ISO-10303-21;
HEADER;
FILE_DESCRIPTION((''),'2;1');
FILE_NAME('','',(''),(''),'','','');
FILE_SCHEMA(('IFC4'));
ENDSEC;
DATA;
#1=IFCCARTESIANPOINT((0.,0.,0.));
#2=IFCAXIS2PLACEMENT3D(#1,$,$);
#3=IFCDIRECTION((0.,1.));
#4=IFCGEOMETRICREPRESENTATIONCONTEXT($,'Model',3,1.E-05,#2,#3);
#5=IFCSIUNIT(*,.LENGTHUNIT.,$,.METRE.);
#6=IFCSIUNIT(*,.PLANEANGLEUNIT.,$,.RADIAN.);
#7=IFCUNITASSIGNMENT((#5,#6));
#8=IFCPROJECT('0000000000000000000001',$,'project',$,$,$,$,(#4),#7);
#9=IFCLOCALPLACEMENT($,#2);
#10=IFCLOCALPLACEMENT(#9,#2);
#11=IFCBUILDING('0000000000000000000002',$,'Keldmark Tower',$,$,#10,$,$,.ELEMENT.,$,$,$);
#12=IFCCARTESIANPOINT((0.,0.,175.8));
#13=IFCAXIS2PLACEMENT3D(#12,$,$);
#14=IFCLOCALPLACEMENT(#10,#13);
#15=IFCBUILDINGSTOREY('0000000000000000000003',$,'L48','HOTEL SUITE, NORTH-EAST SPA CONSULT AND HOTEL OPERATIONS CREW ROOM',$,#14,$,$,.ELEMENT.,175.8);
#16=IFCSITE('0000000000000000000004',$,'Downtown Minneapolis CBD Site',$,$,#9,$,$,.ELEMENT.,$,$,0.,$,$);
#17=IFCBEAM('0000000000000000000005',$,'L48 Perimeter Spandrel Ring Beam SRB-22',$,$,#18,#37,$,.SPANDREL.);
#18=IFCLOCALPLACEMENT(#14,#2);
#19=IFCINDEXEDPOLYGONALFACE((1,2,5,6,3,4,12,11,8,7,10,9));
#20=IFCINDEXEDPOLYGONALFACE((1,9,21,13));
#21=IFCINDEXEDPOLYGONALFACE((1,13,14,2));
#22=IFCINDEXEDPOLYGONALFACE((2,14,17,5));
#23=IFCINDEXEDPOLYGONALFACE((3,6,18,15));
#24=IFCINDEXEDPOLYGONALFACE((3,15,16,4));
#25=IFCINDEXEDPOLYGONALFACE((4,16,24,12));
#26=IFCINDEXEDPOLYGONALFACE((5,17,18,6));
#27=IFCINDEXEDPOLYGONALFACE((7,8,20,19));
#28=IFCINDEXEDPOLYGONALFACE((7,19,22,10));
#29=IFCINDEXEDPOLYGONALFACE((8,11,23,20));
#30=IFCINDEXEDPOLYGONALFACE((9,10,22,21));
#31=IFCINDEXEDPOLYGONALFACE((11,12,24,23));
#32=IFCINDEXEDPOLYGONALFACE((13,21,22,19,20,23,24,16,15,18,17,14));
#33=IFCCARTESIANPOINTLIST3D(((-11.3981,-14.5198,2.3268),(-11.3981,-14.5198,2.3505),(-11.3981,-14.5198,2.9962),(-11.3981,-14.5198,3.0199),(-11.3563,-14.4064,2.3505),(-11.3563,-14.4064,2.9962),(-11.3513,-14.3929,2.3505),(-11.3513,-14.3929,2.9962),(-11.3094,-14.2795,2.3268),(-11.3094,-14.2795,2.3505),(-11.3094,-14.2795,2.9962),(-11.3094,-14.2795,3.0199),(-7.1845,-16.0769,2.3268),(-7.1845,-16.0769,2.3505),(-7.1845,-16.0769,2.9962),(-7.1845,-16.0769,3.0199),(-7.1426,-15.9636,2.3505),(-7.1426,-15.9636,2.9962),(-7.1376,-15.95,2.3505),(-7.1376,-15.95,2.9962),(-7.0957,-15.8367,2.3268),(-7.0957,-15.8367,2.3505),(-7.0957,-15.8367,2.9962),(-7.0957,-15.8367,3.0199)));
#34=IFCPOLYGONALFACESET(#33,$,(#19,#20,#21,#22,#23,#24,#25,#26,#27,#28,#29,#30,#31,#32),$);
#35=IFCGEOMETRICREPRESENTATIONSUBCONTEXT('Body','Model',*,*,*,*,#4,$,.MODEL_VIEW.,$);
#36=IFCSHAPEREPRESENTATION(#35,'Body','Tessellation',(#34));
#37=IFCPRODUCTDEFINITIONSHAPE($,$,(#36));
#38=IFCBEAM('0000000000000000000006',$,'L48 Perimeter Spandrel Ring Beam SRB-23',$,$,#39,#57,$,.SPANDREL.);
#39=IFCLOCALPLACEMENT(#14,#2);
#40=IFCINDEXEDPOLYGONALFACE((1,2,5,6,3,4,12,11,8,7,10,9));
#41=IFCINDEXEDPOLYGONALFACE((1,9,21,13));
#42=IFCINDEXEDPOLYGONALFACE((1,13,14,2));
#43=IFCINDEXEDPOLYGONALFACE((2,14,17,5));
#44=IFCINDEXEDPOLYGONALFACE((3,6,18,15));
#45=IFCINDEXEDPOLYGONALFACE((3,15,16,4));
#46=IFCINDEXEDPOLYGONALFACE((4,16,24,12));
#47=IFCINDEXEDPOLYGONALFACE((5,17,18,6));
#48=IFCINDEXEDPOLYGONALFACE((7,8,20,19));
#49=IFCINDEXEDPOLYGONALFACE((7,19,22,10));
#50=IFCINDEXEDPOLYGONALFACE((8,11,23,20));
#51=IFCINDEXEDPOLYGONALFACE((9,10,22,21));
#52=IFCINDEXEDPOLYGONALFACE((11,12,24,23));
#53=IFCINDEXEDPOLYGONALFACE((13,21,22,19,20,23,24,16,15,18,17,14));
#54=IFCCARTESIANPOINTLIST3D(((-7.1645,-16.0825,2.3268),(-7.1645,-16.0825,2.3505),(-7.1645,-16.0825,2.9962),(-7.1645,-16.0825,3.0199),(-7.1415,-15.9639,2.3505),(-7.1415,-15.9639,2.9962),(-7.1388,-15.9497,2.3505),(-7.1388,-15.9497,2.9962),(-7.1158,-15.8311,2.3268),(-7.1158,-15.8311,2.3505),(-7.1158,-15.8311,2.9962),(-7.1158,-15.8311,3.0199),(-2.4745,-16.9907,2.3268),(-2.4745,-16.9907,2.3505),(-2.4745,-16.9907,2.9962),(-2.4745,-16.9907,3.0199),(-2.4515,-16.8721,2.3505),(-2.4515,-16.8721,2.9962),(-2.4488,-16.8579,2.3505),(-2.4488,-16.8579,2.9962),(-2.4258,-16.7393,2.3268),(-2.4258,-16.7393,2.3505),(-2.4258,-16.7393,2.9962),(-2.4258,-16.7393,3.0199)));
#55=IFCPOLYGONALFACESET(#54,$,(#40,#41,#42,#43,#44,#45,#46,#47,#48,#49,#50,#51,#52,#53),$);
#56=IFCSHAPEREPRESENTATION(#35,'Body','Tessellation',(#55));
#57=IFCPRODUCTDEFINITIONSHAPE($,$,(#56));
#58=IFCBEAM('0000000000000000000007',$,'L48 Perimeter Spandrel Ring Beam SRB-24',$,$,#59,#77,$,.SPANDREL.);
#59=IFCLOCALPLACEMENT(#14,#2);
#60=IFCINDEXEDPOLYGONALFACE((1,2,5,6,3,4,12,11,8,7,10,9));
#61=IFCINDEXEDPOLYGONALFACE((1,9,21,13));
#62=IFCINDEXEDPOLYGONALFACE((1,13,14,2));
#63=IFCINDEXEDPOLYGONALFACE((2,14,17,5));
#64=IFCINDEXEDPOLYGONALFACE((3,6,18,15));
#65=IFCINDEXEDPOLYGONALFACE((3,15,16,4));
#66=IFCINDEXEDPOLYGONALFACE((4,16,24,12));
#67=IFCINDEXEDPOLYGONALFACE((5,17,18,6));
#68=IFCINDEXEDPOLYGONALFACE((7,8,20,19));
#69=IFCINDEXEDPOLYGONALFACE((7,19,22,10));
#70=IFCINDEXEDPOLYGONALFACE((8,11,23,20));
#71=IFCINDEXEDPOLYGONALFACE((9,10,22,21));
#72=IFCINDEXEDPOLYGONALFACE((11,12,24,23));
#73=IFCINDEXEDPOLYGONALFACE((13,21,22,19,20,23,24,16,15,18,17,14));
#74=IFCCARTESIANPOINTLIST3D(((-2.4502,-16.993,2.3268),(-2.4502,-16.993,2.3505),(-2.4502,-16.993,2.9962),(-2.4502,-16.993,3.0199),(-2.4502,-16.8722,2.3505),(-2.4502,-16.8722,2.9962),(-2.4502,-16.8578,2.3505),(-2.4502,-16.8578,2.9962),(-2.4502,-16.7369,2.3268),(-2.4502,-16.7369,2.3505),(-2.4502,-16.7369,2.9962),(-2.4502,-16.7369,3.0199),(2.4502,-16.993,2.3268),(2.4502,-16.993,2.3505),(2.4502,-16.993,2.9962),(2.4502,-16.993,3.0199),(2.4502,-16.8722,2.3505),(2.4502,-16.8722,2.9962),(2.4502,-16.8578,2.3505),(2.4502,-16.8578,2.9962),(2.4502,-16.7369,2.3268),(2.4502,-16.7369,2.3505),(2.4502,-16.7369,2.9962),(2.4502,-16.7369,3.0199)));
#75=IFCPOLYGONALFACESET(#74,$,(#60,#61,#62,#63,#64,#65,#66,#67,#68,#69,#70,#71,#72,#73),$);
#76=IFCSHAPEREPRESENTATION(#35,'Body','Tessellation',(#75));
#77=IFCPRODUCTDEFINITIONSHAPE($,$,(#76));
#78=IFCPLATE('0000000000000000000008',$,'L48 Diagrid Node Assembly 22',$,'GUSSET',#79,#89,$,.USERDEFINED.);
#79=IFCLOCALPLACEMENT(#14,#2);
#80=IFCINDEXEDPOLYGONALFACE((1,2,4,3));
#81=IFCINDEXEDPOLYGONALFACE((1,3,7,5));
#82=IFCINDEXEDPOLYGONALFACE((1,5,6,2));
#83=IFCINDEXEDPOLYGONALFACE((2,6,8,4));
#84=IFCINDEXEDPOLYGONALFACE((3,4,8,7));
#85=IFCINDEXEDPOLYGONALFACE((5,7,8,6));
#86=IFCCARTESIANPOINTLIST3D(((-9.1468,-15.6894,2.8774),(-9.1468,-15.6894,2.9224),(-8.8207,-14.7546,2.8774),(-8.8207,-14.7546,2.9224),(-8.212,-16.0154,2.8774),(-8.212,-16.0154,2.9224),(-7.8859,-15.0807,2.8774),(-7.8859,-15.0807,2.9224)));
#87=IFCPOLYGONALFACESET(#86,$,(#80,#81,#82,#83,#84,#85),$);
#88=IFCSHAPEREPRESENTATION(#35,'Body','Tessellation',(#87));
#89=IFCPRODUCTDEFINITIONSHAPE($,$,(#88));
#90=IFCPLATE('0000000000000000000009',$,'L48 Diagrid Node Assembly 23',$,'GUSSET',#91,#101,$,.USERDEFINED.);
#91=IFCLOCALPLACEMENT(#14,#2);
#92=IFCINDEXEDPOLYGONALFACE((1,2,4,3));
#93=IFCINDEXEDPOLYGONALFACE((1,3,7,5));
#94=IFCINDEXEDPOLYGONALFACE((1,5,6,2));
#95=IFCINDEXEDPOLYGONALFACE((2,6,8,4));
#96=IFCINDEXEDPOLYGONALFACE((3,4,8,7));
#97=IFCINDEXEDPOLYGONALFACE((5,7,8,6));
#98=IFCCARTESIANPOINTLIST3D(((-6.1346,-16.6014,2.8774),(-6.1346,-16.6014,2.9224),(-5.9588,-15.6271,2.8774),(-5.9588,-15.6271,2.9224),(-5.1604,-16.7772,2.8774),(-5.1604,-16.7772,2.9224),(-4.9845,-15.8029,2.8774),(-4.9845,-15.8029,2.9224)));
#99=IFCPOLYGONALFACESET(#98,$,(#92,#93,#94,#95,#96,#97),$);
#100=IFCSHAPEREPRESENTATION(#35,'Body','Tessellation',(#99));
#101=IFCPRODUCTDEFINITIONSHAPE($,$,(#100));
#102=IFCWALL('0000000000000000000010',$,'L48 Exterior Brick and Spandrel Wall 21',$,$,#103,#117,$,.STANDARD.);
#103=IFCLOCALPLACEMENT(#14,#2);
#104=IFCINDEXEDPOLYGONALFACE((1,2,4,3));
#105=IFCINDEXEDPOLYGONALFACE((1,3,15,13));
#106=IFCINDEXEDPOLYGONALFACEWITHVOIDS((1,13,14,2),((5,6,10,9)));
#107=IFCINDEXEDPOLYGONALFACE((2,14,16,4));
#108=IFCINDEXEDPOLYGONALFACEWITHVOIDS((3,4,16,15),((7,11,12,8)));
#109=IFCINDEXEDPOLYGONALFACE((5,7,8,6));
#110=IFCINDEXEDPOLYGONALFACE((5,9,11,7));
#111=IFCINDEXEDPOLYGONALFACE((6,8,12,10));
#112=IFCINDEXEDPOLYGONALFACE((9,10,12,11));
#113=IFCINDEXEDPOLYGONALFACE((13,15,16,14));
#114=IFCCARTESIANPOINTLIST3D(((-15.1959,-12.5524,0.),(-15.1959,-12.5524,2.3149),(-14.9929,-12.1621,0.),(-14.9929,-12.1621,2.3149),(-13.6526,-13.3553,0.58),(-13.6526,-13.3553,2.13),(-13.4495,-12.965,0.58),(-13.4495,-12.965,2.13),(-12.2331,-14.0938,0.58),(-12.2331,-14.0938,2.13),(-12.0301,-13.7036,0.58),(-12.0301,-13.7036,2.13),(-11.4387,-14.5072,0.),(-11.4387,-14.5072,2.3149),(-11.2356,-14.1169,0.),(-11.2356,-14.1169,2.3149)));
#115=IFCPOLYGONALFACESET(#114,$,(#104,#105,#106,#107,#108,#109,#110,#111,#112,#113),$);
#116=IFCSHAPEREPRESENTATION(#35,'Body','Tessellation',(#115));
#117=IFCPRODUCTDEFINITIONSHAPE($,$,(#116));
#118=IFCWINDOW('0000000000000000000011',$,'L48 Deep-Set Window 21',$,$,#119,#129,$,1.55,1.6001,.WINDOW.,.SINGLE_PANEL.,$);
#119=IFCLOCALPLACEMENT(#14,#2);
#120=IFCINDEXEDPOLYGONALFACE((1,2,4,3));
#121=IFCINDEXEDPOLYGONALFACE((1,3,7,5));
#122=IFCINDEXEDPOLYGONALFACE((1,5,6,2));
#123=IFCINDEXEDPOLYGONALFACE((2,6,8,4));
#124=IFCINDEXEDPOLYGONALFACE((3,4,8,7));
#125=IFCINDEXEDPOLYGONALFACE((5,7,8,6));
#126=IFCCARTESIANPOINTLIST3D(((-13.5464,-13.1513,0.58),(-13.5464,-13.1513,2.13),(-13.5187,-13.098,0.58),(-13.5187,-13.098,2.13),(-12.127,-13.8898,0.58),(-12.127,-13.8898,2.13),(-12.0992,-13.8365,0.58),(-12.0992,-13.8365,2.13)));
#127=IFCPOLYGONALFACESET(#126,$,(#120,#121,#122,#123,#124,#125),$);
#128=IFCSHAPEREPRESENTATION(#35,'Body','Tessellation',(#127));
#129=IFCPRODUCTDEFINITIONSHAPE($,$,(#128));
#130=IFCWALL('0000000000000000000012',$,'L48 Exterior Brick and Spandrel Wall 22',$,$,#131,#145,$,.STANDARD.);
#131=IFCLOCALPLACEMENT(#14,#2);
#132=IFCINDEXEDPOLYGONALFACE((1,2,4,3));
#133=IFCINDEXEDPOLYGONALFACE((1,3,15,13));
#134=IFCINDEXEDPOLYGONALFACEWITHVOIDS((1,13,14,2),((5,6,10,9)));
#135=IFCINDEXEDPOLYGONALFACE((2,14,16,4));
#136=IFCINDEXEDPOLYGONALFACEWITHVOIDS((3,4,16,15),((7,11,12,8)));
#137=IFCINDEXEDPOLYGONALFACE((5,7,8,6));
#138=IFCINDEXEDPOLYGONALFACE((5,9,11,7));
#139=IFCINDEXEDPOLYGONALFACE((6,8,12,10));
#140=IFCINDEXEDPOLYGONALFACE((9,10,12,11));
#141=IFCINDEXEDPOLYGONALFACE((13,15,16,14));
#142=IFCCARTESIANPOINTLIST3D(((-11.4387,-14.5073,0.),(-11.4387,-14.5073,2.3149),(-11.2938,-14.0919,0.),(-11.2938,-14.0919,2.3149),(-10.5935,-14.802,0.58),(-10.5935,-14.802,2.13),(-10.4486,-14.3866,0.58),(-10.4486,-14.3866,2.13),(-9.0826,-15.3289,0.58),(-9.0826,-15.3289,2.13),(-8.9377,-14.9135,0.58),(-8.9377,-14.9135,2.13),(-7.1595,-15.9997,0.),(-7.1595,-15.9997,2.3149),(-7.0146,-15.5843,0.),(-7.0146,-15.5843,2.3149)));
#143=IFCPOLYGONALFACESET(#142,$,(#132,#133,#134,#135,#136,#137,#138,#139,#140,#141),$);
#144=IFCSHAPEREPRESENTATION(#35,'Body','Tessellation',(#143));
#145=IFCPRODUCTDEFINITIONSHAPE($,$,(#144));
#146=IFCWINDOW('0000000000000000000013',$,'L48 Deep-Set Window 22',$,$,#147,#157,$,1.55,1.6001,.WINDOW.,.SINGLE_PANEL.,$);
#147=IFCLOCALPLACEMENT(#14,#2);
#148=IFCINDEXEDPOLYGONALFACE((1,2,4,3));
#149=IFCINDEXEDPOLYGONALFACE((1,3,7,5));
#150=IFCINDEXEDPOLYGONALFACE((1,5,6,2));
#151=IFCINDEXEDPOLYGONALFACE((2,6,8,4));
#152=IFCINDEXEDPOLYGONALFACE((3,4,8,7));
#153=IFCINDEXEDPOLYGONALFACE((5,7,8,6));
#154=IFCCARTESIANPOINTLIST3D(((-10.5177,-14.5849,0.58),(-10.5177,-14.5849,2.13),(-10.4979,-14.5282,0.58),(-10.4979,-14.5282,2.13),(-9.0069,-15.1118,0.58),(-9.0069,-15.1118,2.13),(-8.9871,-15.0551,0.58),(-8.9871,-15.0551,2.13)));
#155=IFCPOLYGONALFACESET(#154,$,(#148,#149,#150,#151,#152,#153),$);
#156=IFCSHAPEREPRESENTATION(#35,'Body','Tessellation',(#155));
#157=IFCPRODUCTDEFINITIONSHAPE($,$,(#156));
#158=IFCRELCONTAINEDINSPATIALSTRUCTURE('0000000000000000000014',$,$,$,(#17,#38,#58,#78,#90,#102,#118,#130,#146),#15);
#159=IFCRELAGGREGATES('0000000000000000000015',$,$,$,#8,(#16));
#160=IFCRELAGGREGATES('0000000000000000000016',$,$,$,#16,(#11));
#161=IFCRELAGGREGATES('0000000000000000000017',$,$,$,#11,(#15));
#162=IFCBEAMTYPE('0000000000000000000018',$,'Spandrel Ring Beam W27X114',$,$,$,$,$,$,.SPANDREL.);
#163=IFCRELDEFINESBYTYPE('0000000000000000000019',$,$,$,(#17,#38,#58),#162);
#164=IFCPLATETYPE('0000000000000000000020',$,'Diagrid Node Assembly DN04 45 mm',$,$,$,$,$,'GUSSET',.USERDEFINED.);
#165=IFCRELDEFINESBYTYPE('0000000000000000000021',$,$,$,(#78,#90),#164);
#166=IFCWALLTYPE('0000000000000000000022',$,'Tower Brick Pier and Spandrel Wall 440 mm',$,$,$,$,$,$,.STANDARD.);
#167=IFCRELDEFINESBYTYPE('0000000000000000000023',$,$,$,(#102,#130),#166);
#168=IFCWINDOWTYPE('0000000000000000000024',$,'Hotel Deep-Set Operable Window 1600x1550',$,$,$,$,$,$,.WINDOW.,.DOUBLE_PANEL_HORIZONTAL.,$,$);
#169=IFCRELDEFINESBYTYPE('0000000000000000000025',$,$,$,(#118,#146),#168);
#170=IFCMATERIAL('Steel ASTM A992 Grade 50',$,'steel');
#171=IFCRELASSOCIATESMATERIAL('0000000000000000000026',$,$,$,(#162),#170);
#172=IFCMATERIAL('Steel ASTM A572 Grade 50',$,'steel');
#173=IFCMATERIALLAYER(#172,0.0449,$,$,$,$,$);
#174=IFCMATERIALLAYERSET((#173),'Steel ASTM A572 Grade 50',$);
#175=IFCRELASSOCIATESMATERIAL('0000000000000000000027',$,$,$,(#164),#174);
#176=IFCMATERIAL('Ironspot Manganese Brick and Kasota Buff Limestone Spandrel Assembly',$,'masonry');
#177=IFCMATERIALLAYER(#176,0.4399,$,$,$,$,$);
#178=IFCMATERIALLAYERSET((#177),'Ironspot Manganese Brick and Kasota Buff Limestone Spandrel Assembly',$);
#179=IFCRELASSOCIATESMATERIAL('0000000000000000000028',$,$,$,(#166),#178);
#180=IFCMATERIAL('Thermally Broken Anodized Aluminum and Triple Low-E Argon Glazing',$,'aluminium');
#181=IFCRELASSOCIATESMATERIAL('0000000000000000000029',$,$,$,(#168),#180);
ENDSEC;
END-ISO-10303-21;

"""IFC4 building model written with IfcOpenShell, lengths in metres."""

from ifc_helpers import new_model, si_unit, direction, frame, frame_2d, origin, origin_2d, place, context, subcontext, project, spatial, rectangle, i_section, extrude, material, layer, layer_set, material_profile, profile_set, type_object, element, fill, save


model = new_model("IFC4")

# Units and contexts
model_context = context("Model", 3, precision=1e-05, world=origin(), true_north=direction((0.0, 1.0)))
body_context = subcontext(model_context, "Body", "Model", "MODEL_VIEW")
ifc_project = project(units=[si_unit("LENGTHUNIT", "METRE"), si_unit("PLANEANGLEUNIT", "RADIAN")], contexts=[model_context])

# Site, building, storey
site_placement = place(None, origin())
site = spatial("IfcSite", under=ifc_project, at=site_placement, Name="Downtown Minneapolis CBD Site", CompositionType="ELEMENT", RefElevation=0.0)
building_placement = place(site_placement, origin())
building = spatial("IfcBuilding", under=site, at=building_placement, Name="Keldmark Tower", CompositionType="ELEMENT")
storey_placement = place(building_placement, frame((0.0, 0.0, 175.8)))
storey = spatial("IfcBuildingStorey", under=building, at=storey_placement, Name="L48", Description="HOTEL SUITE, NORTH-EAST SPA CONSULT AND HOTEL OPERATIONS CREW ROOM", CompositionType="ELEMENT", Elevation=175.8)

# Beams
ifc_material_1 = material(Name="Steel ASTM A992 Grade 50", Category="steel")
ifc_material_profile_1 = material_profile(ifc_material_1, i_section(OverallWidth=0.2561, OverallDepth=0.6931, WebThickness=0.0144, FlangeThickness=0.0237, at=origin_2d()), Name="W27X114")
ifc_profile_set_1 = profile_set([ifc_material_profile_1], Name="Steel ASTM A992 Grade 50")
beam_type_1 = type_object("IfcBeamType", Name="Spandrel Ring Beam W27X114", PredefinedType="SPANDREL", material=ifc_profile_set_1)
beam_1_placement = place(storey_placement, frame((-11.3538, -14.3997, 2.6733), z_axis=(0.938, -0.346635, 0.0), x_axis=(0.346635, 0.938, 0.0)))
element("IfcBeam", 1, at=beam_1_placement, inside=storey, type_object=beam_type_1, Name="L48 Perimeter Spandrel Ring Beam SRB-22", PredefinedType="SPANDREL", context=body_context, shape_type="SweptSolid", body=[
    extrude(i_section(OverallWidth=0.2561, OverallDepth=0.6931, WebThickness=0.0144, FlangeThickness=0.0237, at=origin_2d()), origin(), (0.0, 0.0, 1.0), 4.4922),
])
beam_2_placement = place(storey_placement, frame((-7.1401, -15.9568, 2.6733), z_axis=(0.981761, -0.190117, 0.0), x_axis=(0.190117, 0.981761, 0.0)))
element("IfcBeam", 2, at=beam_2_placement, inside=storey, type_object=beam_type_1, Name="L48 Perimeter Spandrel Ring Beam SRB-23", PredefinedType="SPANDREL", context=body_context, shape_type="SweptSolid", body=[
    extrude(i_section(OverallWidth=0.2561, OverallDepth=0.6931, WebThickness=0.0144, FlangeThickness=0.0237, at=origin_2d()), origin(), (0.0, 0.0, 1.0), 4.7771),
])
beam_3_placement = place(storey_placement, frame((-2.4502, -16.865, 2.6733), z_axis=(1.0, 0.0, 0.0), x_axis=(0.0, 1.0, 0.0)))
element("IfcBeam", 3, at=beam_3_placement, inside=storey, type_object=beam_type_1, Name="L48 Perimeter Spandrel Ring Beam SRB-24", PredefinedType="SPANDREL", context=body_context, shape_type="SweptSolid", body=[
    extrude(i_section(OverallWidth=0.2561, OverallDepth=0.6931, WebThickness=0.0144, FlangeThickness=0.0237, at=origin_2d()), origin(), (0.0, 0.0, 1.0), 4.9004),
])

# Plates
ifc_material_2 = material(Name="Steel ASTM A572 Grade 50", Category="steel")
ifc_layer_1 = layer(ifc_material_2, 0.0449)
ifc_layer_set_1 = layer_set([ifc_layer_1], Name="Steel ASTM A572 Grade 50")
plate_type = type_object("IfcPlateType", Name="Diagrid Node Assembly DN04 45 mm", ElementType="GUSSET", PredefinedType="USERDEFINED", material=ifc_layer_set_1)
for number, where, z_axis, x_axis, name in (
    (4, (-8.5164, -15.385, 2.8774), (0.0, 0.0, 1.0), (0.944204, -0.329361, 0.0), "L48 Diagrid Node Assembly 22"),
    (5, (-5.5596, -16.2021, 2.8774), (0.0, 0.0, 1.0), (0.984103, -0.1776, 0.0), "L48 Diagrid Node Assembly 23"),
):
    element("IfcPlate", number, at=place(storey_placement, frame(where, z_axis=z_axis, x_axis=x_axis)), inside=storey, type_object=plate_type, Name=name, ObjectType="GUSSET", PredefinedType="USERDEFINED", context=body_context, shape_type="SweptSolid", body=[
        extrude(rectangle(XDim=0.99, YDim=0.99, at=origin_2d()), origin(), (0.0, 0.0, 1.0), 0.0449),
    ])

# Walls, openings, windows
ifc_material_3 = material(Name="Ironspot Manganese Brick and Kasota Buff Limestone Spandrel Assembly", Category="masonry")
ifc_layer_2 = layer(ifc_material_3, 0.4399)
ifc_layer_set_2 = layer_set([ifc_layer_2], Name="Ironspot Manganese Brick and Kasota Buff Limestone Spandrel Assembly")
wall_type_1 = type_object("IfcWallType", Name="Tower Brick Pier and Spandrel Wall 440 mm", PredefinedType="STANDARD", material=ifc_layer_set_2)
wall_1_placement = place(storey_placement, frame((-11.3372, -14.312, 0.0), z_axis=(0.0, 0.0, 1.0), x_axis=(-0.887118, 0.461543, 0.0)))
wall_1 = element("IfcWall", 6, at=wall_1_placement, inside=storey, type_object=wall_type_1, Name="L48 Exterior Brick and Spandrel Wall 21", PredefinedType="STANDARD", context=body_context, shape_type="SweptSolid", body=[
    extrude(rectangle(XDim=4.2354, YDim=0.4399, at=frame_2d((2.1177, 0.0))), origin(), (0.0, 0.0, 1.0), 2.3149),
])
opening_1_placement = place(wall_1_placement, frame((0.8955, 0.0, 0.5801)))
opening_1 = element("IfcOpeningElement", 7, at=opening_1_placement, cuts=wall_1, PredefinedType="OPENING", context=body_context, shape_type="SweptSolid", body=[
    extrude(rectangle(XDim=1.6001, YDim=1.55, at=frame_2d((0.8, 0.7749))), frame((0.0, 0.23, 0.0), z_axis=(0.0, -1.0, 0.0), x_axis=(1.0, 0.0, 0.0)), (0.0, 0.0, 1.0), 0.46),
])
ifc_material_4 = material(Name="Thermally Broken Anodized Aluminum and Triple Low-E Argon Glazing", Category="aluminium")
window_type = type_object("IfcWindowType", Name="Hotel Deep-Set Operable Window 1600x1550", PartitioningType="DOUBLE_PANEL_HORIZONTAL", PredefinedType="WINDOW", material=ifc_material_4)
window_1_placement = place(opening_1_placement, origin())
window_1 = element("IfcWindow", 8, at=window_1_placement, inside=storey, type_object=window_type, Name="L48 Deep-Set Window 21", OverallHeight=1.55, OverallWidth=1.6001, PartitioningType="SINGLE_PANEL", PredefinedType="WINDOW", context=body_context, shape_type="SweptSolid", body=[
    extrude(rectangle(XDim=1.6001, YDim=1.55, at=frame_2d((0.8, 0.7749))), frame((0.0, -0.01, 0.0), z_axis=(0.0, -1.0, 0.0), x_axis=(1.0, 0.0, 0.0)), (0.0, 0.0, 1.0), 0.0601),
])
fill(opening_1, window_1)
wall_2_placement = place(storey_placement, frame((-7.0869, -15.792, 0.0), z_axis=(0.0, 0.0, 1.0), x_axis=(-0.944224, 0.329304, 0.0)))
wall_2 = element("IfcWall", 9, at=wall_2_placement, inside=storey, type_object=wall_type_1, Name="L48 Exterior Brick and Spandrel Wall 22", PredefinedType="STANDARD", context=body_context, shape_type="SweptSolid", body=[
    extrude(rectangle(XDim=4.532, YDim=0.4399, at=frame_2d((2.2661, 0.0))), origin(), (0.0, 0.0, 1.0), 2.3149),
])
opening_2_placement = place(wall_2_placement, frame((2.0369, 0.0, 0.5801)))
opening_2 = element("IfcOpeningElement", 10, at=opening_2_placement, cuts=wall_2, PredefinedType="OPENING", context=body_context, shape_type="SweptSolid", body=[
    extrude(rectangle(XDim=1.6001, YDim=1.55, at=frame_2d((0.8, 0.7749))), frame((0.0, 0.23, 0.0), z_axis=(0.0, -1.0, 0.0), x_axis=(1.0, 0.0, 0.0)), (0.0, 0.0, 1.0), 0.46),
])
window_2_placement = place(opening_2_placement, origin())
window_2 = element("IfcWindow", 11, at=window_2_placement, inside=storey, type_object=window_type, Name="L48 Deep-Set Window 22", OverallHeight=1.55, OverallWidth=1.6001, PartitioningType="SINGLE_PANEL", PredefinedType="WINDOW", context=body_context, shape_type="SweptSolid", body=[
    extrude(rectangle(XDim=1.6001, YDim=1.55, at=frame_2d((0.8, 0.7749))), frame((0.0, -0.01, 0.0), z_axis=(0.0, -1.0, 0.0), x_axis=(1.0, 0.0, 0.0)), (0.0, 0.0, 1.0), 0.0601),
])
fill(opening_2, window_2)

save(model, "model.ifc")
